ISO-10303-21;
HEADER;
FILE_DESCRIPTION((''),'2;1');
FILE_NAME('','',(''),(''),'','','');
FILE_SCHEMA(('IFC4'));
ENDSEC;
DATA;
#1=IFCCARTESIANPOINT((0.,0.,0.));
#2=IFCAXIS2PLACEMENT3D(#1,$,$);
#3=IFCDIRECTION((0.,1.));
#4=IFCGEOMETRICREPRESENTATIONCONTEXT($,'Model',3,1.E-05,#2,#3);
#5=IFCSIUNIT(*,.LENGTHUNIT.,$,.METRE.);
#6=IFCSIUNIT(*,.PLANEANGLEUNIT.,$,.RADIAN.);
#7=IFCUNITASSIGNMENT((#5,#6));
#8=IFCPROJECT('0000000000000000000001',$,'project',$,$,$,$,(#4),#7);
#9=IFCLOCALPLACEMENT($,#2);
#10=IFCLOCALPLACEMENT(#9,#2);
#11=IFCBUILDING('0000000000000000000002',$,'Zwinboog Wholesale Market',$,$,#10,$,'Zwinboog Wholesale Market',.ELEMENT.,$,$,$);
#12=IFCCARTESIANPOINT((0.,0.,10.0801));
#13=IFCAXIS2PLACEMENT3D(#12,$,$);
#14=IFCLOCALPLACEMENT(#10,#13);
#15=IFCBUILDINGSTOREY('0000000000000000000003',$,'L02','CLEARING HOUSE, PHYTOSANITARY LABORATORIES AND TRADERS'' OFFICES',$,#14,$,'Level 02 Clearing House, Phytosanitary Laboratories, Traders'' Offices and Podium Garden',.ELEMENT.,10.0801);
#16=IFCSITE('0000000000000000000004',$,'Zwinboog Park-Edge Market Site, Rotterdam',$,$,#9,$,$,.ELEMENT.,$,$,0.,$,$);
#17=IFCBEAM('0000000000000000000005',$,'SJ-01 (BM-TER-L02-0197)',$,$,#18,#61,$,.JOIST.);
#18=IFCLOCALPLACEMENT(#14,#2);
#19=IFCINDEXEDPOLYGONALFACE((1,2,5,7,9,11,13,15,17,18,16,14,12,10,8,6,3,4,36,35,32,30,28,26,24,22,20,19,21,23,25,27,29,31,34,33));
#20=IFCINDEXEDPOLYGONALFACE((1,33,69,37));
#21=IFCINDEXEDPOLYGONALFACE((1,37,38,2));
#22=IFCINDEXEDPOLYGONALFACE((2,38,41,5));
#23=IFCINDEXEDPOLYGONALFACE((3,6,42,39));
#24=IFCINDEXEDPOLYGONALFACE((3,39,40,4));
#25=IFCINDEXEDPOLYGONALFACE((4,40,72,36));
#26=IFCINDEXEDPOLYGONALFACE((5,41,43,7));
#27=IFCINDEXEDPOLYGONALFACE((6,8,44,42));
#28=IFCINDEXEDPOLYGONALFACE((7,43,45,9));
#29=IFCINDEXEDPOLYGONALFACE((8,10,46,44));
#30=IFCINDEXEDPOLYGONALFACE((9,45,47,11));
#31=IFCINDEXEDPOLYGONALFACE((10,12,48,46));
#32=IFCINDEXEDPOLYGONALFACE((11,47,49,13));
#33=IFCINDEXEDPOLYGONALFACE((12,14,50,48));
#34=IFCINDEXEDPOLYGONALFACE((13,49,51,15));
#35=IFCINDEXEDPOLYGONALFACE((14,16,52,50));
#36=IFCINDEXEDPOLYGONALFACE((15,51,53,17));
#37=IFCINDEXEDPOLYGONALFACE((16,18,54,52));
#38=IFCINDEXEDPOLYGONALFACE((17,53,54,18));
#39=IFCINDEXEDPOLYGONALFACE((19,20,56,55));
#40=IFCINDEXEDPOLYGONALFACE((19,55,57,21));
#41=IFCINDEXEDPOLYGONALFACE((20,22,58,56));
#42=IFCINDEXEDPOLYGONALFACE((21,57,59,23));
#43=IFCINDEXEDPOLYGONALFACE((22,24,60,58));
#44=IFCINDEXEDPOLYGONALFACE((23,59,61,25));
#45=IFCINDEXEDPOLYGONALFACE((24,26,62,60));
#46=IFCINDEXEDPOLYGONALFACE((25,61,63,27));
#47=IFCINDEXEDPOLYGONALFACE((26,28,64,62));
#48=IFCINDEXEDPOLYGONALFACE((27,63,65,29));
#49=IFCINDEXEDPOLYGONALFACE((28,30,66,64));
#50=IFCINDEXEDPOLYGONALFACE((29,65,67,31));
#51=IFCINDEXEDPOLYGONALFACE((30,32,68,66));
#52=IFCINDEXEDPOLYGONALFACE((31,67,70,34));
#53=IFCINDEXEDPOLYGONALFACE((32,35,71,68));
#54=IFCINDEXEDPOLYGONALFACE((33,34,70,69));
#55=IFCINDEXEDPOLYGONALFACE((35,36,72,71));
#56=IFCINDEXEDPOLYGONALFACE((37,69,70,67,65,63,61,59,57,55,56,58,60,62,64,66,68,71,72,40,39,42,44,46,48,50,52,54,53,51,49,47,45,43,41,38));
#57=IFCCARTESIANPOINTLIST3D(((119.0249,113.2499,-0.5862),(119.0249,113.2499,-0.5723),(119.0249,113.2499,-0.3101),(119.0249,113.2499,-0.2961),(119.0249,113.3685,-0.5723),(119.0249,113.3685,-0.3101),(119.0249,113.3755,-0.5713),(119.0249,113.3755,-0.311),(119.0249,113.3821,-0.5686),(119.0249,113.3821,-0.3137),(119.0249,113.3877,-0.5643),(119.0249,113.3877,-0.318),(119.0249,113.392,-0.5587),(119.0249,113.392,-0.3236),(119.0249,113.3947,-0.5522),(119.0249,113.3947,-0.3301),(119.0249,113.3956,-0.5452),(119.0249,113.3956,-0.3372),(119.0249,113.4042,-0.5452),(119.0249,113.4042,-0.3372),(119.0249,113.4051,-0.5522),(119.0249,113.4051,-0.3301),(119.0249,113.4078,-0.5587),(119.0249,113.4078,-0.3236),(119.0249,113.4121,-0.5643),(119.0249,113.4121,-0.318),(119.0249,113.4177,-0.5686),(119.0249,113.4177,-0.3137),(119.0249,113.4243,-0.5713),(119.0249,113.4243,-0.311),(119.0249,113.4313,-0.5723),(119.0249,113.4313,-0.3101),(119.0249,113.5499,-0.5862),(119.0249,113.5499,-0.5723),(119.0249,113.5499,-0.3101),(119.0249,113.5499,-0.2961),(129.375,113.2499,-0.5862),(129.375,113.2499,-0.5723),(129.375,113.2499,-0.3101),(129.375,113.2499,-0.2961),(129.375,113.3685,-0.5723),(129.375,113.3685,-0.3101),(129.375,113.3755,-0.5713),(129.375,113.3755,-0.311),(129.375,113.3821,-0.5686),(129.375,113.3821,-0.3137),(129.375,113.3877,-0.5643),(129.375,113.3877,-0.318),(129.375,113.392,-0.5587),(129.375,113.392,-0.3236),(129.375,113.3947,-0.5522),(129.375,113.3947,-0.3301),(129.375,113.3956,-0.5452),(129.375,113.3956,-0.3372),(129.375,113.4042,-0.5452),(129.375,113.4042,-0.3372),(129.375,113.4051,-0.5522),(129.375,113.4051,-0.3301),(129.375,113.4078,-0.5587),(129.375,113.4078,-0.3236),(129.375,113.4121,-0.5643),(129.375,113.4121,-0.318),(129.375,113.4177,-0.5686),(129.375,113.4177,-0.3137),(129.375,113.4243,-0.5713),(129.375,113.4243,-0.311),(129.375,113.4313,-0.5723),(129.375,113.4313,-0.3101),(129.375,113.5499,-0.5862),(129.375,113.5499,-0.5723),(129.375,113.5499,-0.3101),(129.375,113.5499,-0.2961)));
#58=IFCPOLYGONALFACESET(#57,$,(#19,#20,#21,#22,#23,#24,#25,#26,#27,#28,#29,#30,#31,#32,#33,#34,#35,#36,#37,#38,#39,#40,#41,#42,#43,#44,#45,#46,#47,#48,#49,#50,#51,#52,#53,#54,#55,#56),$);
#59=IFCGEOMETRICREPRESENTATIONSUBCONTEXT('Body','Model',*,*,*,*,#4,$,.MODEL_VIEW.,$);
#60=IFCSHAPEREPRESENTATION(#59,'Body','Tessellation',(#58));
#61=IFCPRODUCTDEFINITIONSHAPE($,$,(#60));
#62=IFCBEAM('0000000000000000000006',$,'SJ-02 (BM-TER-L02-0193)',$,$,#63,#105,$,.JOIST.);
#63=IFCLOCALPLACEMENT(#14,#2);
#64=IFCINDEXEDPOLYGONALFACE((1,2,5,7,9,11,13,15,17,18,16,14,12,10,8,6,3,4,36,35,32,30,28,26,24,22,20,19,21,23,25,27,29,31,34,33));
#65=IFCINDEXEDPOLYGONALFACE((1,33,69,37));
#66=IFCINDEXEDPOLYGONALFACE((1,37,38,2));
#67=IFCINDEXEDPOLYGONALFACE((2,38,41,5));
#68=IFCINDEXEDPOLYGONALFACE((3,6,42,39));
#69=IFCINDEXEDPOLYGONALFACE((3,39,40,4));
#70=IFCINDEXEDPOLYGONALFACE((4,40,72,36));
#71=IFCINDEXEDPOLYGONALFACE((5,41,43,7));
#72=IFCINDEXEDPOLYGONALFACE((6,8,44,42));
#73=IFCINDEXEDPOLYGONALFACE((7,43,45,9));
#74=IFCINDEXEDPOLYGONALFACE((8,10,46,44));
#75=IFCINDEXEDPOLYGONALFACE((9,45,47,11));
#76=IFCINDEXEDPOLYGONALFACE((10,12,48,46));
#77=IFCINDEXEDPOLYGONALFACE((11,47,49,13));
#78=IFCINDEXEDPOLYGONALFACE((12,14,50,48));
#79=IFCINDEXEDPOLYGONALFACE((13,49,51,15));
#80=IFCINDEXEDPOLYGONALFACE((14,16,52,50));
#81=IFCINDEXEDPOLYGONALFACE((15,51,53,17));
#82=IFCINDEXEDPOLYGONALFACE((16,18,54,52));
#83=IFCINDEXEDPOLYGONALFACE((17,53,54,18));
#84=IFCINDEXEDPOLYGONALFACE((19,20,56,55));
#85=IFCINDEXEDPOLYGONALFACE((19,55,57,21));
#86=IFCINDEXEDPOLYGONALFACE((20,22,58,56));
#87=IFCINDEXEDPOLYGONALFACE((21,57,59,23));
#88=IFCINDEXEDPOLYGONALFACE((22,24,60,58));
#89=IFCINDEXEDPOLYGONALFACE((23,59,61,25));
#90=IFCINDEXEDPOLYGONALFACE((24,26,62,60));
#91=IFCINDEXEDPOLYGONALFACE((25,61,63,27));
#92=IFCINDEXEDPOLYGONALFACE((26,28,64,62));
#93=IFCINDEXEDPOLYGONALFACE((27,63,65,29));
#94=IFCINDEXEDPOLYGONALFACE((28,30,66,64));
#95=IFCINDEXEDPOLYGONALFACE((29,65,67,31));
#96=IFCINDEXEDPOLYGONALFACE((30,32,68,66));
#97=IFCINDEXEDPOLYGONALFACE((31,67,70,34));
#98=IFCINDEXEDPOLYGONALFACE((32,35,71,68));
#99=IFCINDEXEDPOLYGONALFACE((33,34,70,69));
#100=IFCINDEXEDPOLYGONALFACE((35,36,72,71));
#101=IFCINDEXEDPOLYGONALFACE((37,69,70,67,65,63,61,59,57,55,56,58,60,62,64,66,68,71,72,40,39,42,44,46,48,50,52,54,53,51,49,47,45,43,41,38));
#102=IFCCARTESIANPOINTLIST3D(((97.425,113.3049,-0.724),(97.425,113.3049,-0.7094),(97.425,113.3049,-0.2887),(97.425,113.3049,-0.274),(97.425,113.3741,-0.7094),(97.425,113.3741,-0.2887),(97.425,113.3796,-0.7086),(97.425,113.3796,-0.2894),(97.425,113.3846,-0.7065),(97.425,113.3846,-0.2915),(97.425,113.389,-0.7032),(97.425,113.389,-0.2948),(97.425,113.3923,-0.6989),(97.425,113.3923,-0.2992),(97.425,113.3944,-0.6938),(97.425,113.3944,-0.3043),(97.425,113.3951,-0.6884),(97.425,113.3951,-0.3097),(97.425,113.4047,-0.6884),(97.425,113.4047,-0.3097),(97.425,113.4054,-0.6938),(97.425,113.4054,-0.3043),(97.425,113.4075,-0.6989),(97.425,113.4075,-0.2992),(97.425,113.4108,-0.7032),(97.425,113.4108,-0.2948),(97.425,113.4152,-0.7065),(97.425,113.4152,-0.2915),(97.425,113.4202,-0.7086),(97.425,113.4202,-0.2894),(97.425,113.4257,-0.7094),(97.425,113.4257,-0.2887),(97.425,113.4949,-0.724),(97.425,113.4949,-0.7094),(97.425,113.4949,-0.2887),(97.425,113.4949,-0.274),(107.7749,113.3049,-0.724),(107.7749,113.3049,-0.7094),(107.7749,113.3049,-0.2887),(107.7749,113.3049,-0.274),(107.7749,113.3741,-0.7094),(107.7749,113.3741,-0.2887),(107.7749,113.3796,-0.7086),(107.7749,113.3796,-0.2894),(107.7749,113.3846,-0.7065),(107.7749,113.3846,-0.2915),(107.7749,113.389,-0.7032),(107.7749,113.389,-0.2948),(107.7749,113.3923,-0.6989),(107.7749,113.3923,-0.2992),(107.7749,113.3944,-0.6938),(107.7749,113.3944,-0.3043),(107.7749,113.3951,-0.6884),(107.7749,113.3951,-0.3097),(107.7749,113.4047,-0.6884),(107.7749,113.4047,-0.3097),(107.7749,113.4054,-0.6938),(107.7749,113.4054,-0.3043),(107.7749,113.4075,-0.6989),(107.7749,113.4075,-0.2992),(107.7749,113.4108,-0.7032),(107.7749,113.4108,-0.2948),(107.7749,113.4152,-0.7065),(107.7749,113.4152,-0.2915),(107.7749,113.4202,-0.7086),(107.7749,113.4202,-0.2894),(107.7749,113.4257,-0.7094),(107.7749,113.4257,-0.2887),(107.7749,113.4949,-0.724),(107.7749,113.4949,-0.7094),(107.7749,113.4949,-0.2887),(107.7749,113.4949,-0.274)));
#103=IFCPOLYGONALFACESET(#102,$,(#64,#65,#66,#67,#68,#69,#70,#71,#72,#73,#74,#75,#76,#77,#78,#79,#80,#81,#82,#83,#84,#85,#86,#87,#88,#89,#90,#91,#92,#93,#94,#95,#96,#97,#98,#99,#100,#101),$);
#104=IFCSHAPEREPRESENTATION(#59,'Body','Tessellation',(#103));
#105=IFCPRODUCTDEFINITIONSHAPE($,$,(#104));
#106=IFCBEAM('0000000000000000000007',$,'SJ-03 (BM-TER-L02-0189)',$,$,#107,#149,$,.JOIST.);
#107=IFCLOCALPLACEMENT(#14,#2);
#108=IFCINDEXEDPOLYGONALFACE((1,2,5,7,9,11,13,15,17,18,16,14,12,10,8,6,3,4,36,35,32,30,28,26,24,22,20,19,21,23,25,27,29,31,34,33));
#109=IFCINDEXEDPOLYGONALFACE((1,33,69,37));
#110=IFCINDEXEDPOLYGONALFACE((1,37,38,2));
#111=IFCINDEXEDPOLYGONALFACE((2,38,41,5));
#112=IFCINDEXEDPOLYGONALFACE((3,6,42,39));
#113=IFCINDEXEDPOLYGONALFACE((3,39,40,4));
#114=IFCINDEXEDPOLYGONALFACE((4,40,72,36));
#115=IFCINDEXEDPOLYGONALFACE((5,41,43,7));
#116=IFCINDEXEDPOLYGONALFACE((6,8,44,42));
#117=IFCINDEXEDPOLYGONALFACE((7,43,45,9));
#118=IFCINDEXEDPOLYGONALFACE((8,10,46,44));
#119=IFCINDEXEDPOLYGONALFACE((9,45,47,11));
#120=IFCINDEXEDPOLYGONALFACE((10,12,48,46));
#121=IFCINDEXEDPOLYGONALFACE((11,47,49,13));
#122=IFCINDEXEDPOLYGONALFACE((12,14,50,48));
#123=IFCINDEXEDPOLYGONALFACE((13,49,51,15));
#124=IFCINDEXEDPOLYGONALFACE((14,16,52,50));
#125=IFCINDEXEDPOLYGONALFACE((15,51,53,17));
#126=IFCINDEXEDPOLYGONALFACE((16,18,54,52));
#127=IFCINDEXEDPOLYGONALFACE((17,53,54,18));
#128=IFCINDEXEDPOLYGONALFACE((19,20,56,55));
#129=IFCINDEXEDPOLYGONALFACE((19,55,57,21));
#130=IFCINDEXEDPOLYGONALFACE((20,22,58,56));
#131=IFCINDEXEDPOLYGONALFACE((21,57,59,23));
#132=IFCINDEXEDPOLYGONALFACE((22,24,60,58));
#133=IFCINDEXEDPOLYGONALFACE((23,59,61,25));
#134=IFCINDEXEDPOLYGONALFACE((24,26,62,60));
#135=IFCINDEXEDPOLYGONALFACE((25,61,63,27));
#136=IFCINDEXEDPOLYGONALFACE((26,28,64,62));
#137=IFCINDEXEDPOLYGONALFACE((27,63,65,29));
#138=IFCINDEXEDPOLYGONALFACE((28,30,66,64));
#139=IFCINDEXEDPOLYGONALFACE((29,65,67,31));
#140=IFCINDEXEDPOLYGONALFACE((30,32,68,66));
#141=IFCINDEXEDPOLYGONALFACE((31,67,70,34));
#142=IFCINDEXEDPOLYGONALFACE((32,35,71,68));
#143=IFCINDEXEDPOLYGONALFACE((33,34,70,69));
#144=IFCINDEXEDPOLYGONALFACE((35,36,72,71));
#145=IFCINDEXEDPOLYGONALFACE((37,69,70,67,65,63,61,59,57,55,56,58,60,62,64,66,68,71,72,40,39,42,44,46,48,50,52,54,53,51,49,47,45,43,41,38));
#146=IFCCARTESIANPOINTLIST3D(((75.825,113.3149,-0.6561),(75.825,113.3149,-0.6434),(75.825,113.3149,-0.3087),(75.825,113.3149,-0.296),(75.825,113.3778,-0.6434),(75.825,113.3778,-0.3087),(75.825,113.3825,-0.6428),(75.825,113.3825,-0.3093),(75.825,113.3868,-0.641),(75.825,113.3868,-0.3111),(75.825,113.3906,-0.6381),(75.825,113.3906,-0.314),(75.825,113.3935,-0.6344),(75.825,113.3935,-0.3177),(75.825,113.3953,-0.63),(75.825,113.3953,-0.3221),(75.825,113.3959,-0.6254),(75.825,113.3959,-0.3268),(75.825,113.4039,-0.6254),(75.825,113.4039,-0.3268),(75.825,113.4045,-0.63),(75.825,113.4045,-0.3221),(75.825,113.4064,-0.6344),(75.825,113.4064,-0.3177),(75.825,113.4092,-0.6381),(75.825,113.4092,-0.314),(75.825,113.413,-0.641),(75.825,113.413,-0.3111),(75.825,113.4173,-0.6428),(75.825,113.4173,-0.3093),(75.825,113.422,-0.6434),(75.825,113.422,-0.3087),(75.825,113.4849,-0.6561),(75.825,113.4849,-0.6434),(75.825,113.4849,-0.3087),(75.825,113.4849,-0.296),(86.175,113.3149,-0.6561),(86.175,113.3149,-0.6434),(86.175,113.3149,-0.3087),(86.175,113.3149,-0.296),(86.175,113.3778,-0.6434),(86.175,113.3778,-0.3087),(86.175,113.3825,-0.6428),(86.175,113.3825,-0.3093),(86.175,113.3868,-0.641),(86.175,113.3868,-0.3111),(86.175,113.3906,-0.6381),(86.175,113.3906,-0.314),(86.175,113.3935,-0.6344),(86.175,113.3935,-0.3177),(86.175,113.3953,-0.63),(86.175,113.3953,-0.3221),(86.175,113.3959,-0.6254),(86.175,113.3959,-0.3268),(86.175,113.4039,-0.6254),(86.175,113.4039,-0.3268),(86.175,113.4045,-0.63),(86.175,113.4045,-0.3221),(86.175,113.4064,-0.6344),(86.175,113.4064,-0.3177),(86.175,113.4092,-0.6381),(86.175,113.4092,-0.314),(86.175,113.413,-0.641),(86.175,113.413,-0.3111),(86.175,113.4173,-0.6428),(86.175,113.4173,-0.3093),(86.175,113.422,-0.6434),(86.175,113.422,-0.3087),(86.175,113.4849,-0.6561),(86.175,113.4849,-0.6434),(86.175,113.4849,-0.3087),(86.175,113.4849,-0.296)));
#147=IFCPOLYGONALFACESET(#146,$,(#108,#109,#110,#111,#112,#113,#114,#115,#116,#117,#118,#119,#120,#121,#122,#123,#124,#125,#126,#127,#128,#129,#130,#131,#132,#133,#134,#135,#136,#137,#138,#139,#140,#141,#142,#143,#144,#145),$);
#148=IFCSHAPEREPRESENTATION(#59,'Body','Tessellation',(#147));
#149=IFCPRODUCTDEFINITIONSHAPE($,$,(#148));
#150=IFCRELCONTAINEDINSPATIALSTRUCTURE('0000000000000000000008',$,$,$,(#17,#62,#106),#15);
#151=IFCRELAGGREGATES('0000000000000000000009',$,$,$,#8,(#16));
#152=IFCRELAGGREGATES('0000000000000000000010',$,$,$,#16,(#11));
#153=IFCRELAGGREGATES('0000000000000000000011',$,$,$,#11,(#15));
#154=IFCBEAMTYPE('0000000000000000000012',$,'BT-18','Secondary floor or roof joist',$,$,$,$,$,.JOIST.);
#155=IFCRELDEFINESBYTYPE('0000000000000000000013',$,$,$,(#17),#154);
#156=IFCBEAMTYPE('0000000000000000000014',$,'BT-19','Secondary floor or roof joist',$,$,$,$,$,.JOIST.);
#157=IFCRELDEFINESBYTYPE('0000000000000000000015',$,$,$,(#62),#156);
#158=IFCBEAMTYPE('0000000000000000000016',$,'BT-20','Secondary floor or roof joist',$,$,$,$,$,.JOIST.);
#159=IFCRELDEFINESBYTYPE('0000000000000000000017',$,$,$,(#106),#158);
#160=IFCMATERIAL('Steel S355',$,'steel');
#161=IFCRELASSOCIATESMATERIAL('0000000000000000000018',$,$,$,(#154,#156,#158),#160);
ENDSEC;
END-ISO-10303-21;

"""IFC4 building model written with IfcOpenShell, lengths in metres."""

from ifc_helpers import new_model, si_unit, direction, frame, origin, origin_2d, place, context, subcontext, project, spatial, i_section, extrude, material, material_profile, profile_set, type_object, element, save


model = new_model("IFC4")

# Units and contexts
model_context = context("Model", 3, precision=1e-05, world=origin(), true_north=direction((0.0, 1.0)))
body_context = subcontext(model_context, "Body", "Model", "MODEL_VIEW")
ifc_project = project(units=[si_unit("LENGTHUNIT", "METRE"), si_unit("PLANEANGLEUNIT", "RADIAN")], contexts=[model_context])

# Site, building, storey
site_placement = place(None, origin())
site = spatial("IfcSite", under=ifc_project, at=site_placement, Name="Zwinboog Park-Edge Market Site, Rotterdam", CompositionType="ELEMENT", RefElevation=0.0)
building_placement = place(site_placement, origin())
building = spatial("IfcBuilding", under=site, at=building_placement, Name="Zwinboog Wholesale Market", LongName="Zwinboog Wholesale Market", CompositionType="ELEMENT")
storey_placement = place(building_placement, frame((0.0, 0.0, 10.0801)))
storey = spatial("IfcBuildingStorey", under=building, at=storey_placement, Name="L02", Description="CLEARING HOUSE, PHYTOSANITARY LABORATORIES AND TRADERS' OFFICES", LongName="Level 02 Clearing House, Phytosanitary Laboratories, Traders' Offices and Podium Garden", CompositionType="ELEMENT", Elevation=10.0801)

# Beams
ifc_material_1 = material(Name="Steel S355", Category="steel")
ifc_material_profile_1 = material_profile(ifc_material_1, i_section(OverallWidth=0.3, OverallDepth=0.29, WebThickness=0.0085, FlangeThickness=0.0139, FilletRadius=0.0271, at=origin_2d()), Name="HEA 300")
ifc_profile_set_1 = profile_set([ifc_material_profile_1], Name="Steel S355")
beam_type_1 = type_object("IfcBeamType", Name="BT-18", Description="Secondary floor or roof joist", PredefinedType="JOIST", material=ifc_profile_set_1)
beam_1_placement = place(storey_placement, frame((119.0249, 113.3999, -0.4412), z_axis=(1.0, 0.0, 0.0), x_axis=(0.0, 1.0, 0.0)))
element("IfcBeam", 1, at=beam_1_placement, inside=storey, type_object=beam_type_1, Name="SJ-01 (BM-TER-L02-0197)", PredefinedType="JOIST", context=body_context, shape_type="SweptSolid", body=[
    extrude(i_section(OverallWidth=0.3, OverallDepth=0.29, WebThickness=0.0085, FlangeThickness=0.0139, FilletRadius=0.0271, at=origin_2d()), origin(), (0.0, 0.0, 1.0), 10.3501),
])
ifc_material_profile_2 = material_profile(ifc_material_1, i_section(OverallWidth=0.1899, OverallDepth=0.45, WebThickness=0.0095, FlangeThickness=0.0146, FilletRadius=0.021, at=origin_2d()), Name="IPE 450")
ifc_profile_set_2 = profile_set([ifc_material_profile_2], Name="Steel S355")
beam_type_2 = type_object("IfcBeamType", Name="BT-19", Description="Secondary floor or roof joist", PredefinedType="JOIST", material=ifc_profile_set_2)
beam_2_placement = place(storey_placement, frame((97.425, 113.3999, -0.499), z_axis=(1.0, 0.0, 0.0), x_axis=(0.0, 1.0, 0.0)))
element("IfcBeam", 2, at=beam_2_placement, inside=storey, type_object=beam_type_2, Name="SJ-02 (BM-TER-L02-0193)", PredefinedType="JOIST", context=body_context, shape_type="SweptSolid", body=[
    extrude(i_section(OverallWidth=0.1899, OverallDepth=0.45, WebThickness=0.0095, FlangeThickness=0.0146, FilletRadius=0.021, at=origin_2d()), origin(), (0.0, 0.0, 1.0), 10.3499),
])
ifc_material_profile_3 = material_profile(ifc_material_1, i_section(OverallWidth=0.1699, OverallDepth=0.3601, WebThickness=0.0081, FlangeThickness=0.0127, FilletRadius=0.0181, at=origin_2d()), Name="IPE 360")
ifc_profile_set_3 = profile_set([ifc_material_profile_3], Name="Steel S355")
beam_type_3 = type_object("IfcBeamType", Name="BT-20", Description="Secondary floor or roof joist", PredefinedType="JOIST", material=ifc_profile_set_3)
beam_3_placement = place(storey_placement, frame((75.825, 113.3999, -0.4761), z_axis=(1.0, 0.0, 0.0), x_axis=(0.0, 1.0, 0.0)))
element("IfcBeam", 3, at=beam_3_placement, inside=storey, type_object=beam_type_3, Name="SJ-03 (BM-TER-L02-0189)", PredefinedType="JOIST", context=body_context, shape_type="SweptSolid", body=[
    extrude(i_section(OverallWidth=0.1699, OverallDepth=0.3601, WebThickness=0.0081, FlangeThickness=0.0127, FilletRadius=0.0181, at=origin_2d()), origin(), (0.0, 0.0, 1.0), 10.3501),
])

save(model, "model.ifc")
